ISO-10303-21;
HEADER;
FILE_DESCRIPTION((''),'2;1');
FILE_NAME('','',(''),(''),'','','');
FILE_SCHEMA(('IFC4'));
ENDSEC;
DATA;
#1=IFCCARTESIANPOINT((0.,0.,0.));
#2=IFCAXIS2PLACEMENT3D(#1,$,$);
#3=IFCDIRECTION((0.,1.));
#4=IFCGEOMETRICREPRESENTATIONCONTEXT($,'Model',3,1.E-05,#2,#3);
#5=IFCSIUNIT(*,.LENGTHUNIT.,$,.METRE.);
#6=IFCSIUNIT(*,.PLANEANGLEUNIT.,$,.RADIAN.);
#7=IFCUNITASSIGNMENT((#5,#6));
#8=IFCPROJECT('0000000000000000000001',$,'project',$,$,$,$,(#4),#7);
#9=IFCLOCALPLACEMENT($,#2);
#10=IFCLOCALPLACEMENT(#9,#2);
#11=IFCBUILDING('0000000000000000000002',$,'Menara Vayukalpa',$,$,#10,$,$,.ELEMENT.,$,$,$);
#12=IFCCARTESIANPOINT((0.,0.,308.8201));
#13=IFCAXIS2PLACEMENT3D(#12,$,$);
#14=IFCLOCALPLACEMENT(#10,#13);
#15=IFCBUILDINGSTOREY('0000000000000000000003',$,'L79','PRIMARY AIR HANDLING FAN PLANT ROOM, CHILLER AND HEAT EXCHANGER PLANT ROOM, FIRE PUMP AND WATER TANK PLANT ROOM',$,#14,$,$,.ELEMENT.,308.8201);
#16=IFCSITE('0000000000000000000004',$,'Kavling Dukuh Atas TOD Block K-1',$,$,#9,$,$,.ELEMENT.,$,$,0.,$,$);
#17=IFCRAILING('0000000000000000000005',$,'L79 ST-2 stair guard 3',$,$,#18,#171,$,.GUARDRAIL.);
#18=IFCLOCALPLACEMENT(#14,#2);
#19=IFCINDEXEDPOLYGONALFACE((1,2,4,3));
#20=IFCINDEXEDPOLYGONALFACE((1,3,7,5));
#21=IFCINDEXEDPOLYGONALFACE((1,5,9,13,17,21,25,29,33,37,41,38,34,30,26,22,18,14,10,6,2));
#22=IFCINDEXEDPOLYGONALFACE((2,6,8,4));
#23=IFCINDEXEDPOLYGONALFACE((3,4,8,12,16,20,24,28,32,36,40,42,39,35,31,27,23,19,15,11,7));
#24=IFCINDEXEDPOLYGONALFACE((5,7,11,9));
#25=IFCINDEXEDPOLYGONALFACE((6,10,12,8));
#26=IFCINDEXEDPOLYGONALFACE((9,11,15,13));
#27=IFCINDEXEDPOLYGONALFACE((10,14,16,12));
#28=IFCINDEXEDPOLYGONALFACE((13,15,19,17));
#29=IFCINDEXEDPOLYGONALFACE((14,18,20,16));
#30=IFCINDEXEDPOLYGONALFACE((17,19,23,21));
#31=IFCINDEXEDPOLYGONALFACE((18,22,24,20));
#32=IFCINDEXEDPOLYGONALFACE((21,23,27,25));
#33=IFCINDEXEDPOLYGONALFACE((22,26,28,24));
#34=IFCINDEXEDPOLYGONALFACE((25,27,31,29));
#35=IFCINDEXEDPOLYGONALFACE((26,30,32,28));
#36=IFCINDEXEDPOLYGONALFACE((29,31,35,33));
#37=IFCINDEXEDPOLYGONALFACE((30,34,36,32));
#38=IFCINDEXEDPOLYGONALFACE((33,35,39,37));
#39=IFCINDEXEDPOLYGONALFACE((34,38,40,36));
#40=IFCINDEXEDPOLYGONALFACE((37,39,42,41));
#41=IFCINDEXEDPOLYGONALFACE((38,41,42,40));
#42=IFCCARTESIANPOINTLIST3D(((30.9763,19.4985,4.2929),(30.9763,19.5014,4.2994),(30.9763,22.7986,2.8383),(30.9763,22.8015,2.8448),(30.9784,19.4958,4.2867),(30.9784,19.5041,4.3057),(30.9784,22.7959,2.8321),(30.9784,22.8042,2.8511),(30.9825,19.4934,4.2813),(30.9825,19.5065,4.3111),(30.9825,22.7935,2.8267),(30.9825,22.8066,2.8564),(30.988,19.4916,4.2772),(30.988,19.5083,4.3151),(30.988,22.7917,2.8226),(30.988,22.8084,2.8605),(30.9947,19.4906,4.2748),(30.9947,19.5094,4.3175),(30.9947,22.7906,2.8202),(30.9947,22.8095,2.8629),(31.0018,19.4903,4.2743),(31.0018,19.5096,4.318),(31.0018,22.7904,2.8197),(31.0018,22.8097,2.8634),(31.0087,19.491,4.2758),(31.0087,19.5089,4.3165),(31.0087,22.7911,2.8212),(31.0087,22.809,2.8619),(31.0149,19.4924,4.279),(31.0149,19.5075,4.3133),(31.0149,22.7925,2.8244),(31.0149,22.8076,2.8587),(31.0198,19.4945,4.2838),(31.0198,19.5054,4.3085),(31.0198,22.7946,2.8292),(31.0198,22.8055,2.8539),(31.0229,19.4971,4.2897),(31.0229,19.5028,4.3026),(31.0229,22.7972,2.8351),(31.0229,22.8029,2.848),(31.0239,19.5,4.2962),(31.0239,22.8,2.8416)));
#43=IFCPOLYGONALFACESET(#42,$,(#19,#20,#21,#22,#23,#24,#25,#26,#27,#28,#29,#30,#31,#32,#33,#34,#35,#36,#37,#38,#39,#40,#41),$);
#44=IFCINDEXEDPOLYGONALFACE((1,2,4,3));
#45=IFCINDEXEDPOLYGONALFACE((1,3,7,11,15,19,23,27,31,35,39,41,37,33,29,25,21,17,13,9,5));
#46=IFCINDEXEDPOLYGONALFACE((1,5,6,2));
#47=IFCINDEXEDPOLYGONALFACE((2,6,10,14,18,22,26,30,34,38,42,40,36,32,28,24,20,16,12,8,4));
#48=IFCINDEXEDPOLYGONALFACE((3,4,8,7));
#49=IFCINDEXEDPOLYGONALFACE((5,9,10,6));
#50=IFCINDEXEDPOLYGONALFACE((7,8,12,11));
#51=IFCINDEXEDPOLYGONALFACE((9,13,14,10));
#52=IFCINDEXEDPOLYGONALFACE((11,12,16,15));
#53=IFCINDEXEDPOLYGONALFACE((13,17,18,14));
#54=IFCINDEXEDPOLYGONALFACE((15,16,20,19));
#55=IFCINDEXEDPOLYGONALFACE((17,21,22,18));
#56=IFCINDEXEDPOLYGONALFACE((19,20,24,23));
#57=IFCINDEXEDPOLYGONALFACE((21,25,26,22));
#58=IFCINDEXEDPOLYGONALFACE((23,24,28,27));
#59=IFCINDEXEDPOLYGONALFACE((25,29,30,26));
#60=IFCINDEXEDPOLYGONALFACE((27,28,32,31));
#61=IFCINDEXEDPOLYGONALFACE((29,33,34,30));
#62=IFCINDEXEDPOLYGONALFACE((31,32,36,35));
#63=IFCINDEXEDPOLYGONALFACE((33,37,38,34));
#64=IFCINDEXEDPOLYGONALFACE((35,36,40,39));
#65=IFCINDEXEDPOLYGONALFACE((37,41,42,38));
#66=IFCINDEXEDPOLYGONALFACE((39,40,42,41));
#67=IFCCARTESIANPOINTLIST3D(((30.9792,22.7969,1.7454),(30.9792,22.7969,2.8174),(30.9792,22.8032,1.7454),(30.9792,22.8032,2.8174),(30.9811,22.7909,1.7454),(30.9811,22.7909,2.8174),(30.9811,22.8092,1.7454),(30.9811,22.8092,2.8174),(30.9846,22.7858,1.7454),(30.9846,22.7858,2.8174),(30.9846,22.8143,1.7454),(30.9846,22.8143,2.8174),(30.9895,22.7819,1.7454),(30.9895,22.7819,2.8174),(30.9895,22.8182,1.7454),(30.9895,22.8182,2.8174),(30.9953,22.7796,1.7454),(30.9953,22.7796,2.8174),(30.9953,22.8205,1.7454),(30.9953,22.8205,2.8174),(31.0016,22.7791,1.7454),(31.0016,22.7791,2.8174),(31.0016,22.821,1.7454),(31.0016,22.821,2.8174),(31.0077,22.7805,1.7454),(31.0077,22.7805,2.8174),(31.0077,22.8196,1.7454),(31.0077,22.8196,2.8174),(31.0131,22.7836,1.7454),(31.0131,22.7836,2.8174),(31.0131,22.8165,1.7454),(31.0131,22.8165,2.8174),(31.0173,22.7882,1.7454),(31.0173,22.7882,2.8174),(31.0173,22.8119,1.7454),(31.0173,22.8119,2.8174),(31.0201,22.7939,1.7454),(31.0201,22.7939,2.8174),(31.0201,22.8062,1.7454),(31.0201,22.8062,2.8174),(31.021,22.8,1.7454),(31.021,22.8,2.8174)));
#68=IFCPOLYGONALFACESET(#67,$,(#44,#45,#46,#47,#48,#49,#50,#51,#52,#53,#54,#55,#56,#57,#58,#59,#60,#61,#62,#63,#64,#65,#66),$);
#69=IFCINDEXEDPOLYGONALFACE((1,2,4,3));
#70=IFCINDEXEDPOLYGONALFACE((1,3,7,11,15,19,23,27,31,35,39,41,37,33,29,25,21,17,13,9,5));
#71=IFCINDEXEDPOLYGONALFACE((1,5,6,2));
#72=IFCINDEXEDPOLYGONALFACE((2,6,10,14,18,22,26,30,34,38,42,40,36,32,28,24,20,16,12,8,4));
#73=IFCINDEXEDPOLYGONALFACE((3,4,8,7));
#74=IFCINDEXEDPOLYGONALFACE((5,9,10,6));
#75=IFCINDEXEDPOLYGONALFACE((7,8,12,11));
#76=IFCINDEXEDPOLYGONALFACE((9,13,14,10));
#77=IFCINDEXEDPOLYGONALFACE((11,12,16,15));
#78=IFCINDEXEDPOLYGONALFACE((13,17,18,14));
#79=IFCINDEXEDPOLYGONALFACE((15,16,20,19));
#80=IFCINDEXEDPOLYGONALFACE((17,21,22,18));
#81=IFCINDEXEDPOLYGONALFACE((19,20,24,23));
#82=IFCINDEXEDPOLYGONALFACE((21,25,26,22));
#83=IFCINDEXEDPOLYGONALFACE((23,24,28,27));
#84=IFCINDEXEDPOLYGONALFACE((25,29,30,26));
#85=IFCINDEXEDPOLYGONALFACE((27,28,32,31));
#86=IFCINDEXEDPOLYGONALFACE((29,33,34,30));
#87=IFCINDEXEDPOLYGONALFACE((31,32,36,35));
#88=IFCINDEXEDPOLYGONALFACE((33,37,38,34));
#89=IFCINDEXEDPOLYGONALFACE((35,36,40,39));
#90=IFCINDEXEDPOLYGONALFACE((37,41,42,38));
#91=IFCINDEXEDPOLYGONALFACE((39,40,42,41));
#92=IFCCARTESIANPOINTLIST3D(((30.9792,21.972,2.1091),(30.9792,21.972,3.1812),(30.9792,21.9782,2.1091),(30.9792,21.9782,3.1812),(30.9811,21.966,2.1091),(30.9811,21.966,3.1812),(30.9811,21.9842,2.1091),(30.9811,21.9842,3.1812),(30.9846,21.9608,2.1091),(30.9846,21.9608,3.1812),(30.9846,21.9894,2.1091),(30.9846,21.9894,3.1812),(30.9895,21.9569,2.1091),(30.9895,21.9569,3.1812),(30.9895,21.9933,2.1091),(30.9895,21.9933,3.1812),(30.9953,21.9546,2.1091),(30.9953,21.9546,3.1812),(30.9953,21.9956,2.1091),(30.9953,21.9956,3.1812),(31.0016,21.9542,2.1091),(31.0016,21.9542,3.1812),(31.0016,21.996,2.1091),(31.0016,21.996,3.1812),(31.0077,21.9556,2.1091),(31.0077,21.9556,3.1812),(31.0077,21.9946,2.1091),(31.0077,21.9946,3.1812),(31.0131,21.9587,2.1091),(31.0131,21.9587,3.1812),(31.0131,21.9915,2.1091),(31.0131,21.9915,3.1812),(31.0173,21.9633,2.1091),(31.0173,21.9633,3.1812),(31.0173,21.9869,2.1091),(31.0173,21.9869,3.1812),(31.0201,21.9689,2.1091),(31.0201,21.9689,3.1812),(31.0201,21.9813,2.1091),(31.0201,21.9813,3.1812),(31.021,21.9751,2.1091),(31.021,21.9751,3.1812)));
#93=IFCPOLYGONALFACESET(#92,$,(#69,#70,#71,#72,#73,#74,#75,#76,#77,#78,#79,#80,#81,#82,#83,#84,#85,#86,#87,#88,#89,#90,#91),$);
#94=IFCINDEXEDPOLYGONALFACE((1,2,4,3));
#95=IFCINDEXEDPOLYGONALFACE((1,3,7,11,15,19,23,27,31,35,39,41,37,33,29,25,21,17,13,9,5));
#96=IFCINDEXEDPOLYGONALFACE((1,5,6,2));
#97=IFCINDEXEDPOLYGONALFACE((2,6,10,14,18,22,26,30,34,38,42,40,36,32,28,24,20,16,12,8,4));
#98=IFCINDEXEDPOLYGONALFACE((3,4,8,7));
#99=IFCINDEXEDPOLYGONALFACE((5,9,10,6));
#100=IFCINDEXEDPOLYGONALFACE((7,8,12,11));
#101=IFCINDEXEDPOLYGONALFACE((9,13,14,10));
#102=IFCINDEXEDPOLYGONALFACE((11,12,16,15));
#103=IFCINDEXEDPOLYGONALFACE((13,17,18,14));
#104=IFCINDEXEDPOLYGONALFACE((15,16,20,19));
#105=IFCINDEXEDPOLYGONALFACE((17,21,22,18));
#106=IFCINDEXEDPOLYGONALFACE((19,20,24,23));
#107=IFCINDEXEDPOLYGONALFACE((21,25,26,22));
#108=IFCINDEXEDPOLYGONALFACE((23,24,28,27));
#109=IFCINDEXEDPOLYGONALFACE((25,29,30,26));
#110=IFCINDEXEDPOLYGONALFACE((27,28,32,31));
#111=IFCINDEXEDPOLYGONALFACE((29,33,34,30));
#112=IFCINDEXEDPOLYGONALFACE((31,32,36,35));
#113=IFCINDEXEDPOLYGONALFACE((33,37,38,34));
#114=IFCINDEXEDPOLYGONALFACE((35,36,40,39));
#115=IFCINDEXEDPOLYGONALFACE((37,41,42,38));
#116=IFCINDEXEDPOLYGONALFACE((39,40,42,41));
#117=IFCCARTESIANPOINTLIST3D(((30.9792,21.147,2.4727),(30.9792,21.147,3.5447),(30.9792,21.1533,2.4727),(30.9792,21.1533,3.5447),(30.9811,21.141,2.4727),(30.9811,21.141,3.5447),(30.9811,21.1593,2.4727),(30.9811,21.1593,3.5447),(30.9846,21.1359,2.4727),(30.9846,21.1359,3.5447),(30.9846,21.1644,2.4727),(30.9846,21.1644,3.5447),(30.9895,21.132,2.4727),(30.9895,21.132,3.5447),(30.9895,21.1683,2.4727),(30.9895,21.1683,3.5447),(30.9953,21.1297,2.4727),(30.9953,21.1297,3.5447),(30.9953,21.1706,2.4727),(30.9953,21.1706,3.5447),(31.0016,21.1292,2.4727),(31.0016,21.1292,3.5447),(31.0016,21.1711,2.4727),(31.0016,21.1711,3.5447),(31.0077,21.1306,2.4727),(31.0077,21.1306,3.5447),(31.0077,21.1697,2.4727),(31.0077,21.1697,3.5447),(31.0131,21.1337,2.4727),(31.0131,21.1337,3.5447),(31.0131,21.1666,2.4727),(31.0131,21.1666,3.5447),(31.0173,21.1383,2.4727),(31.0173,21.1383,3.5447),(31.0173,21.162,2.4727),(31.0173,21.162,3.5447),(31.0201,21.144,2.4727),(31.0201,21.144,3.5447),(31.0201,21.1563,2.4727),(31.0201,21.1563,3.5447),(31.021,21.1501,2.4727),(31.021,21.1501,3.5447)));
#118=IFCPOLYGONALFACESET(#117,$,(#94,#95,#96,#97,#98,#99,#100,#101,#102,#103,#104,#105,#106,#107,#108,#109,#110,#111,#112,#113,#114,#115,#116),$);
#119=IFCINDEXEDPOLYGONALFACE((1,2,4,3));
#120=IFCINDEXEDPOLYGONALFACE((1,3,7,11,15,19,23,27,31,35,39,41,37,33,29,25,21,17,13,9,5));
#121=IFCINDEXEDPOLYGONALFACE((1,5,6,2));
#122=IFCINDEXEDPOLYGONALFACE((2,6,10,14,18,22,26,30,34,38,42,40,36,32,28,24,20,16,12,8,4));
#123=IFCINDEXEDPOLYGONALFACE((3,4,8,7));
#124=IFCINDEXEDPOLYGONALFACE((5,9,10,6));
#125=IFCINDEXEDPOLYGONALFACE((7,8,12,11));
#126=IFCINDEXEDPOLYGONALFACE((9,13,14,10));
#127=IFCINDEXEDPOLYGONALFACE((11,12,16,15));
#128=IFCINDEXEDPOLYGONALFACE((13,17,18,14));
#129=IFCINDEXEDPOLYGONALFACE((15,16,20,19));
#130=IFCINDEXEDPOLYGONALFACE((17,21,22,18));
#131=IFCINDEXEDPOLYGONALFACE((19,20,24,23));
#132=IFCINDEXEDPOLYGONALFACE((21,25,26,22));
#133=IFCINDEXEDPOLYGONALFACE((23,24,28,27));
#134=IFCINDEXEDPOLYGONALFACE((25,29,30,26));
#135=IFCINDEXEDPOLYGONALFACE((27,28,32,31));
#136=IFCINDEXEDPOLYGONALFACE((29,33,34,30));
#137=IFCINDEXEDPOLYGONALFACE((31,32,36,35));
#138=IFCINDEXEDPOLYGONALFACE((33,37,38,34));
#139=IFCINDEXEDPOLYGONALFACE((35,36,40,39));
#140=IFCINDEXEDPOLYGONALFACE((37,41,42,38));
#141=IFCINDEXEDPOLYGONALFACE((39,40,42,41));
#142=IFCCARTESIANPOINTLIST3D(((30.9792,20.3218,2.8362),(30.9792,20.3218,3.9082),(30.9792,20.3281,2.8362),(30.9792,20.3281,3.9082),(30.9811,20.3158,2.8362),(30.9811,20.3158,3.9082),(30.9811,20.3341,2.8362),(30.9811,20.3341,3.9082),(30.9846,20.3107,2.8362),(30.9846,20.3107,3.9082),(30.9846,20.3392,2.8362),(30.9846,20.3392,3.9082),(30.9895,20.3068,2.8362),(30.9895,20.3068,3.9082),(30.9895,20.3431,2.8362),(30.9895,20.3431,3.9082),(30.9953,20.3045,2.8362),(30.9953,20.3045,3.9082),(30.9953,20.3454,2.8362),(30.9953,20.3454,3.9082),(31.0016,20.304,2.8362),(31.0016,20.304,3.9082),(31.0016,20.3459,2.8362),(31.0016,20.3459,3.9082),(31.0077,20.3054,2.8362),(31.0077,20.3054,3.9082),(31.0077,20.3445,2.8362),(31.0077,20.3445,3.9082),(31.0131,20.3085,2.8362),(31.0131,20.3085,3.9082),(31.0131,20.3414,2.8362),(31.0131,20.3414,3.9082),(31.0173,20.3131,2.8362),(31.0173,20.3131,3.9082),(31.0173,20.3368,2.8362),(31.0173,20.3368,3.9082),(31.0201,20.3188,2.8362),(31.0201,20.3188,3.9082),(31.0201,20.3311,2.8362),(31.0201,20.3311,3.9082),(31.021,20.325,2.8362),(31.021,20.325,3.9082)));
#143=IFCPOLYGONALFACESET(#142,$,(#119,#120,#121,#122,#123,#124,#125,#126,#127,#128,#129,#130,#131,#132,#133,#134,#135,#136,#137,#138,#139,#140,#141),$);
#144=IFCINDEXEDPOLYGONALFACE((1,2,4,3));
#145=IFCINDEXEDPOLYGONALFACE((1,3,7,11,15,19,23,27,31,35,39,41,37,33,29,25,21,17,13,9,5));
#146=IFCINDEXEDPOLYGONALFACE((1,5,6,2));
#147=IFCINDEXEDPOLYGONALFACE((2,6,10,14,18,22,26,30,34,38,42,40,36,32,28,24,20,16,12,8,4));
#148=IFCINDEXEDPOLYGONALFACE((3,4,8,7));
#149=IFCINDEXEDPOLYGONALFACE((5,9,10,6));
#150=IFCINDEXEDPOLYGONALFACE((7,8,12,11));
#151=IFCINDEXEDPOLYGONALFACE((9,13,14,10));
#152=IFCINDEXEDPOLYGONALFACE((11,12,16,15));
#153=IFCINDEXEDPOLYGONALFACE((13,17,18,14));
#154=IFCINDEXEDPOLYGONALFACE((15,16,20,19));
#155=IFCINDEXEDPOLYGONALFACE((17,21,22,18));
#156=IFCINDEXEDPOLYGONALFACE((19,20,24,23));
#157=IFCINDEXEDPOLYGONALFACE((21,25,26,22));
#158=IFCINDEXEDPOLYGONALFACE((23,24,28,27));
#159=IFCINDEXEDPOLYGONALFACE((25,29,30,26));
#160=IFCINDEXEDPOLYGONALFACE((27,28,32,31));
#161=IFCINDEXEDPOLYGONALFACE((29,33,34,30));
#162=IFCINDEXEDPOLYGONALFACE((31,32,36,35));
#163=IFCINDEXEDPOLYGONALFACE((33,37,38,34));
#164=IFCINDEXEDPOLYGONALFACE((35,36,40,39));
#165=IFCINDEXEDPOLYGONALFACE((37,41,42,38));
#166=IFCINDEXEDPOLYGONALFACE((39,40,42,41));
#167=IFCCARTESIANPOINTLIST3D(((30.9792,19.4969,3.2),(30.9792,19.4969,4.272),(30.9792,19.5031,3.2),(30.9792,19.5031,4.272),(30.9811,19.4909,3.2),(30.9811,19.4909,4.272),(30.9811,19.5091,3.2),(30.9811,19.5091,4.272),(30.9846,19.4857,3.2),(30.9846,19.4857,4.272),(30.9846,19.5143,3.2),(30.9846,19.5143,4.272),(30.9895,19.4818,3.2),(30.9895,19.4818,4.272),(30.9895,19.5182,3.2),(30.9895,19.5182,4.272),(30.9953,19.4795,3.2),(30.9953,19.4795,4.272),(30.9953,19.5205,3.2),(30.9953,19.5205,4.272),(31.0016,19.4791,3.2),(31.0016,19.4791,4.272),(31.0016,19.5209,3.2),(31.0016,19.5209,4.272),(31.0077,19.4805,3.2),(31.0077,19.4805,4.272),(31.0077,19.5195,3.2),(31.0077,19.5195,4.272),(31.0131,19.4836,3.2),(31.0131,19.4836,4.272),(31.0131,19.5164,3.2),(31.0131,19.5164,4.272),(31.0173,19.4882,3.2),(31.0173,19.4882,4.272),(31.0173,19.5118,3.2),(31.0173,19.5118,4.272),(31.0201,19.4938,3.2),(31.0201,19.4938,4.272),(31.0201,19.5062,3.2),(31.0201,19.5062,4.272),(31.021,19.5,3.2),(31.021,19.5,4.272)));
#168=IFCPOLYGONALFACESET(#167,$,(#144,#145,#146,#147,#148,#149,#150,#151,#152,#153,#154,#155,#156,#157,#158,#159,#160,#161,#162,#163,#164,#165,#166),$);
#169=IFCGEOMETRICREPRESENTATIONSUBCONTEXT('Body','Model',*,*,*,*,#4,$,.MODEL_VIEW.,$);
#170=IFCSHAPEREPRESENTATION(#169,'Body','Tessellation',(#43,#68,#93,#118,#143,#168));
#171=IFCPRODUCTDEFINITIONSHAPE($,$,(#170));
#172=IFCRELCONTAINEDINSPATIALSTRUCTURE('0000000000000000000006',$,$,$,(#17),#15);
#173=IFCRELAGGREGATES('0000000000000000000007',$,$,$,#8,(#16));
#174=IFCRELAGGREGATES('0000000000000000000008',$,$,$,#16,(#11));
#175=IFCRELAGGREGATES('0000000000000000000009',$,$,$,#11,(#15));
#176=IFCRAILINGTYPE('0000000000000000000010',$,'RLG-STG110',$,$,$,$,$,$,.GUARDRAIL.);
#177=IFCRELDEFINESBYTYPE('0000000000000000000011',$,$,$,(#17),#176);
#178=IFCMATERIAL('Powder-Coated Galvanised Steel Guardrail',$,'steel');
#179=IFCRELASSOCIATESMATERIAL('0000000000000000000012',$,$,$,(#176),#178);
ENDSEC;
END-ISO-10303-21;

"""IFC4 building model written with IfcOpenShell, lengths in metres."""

from ifc_helpers import new_model, si_unit, direction, frame, origin, origin_2d, place, context, subcontext, project, spatial, circle, extrude, material, type_object, element, save


model = new_model("IFC4")

# Units and contexts
model_context = context("Model", 3, precision=1e-05, world=origin(), true_north=direction((0.0, 1.0)))
body_context = subcontext(model_context, "Body", "Model", "MODEL_VIEW")
ifc_project = project(units=[si_unit("LENGTHUNIT", "METRE"), si_unit("PLANEANGLEUNIT", "RADIAN")], contexts=[model_context])

# Site, building, storey
site_placement = place(None, origin())
site = spatial("IfcSite", under=ifc_project, at=site_placement, Name="Kavling Dukuh Atas TOD Block K-1", CompositionType="ELEMENT", RefElevation=0.0)
building_placement = place(site_placement, origin())
building = spatial("IfcBuilding", under=site, at=building_placement, Name="Menara Vayukalpa", CompositionType="ELEMENT")
storey_placement = place(building_placement, frame((0.0, 0.0, 308.8201)))
storey = spatial("IfcBuildingStorey", under=building, at=storey_placement, Name="L79", Description="PRIMARY AIR HANDLING FAN PLANT ROOM, CHILLER AND HEAT EXCHANGER PLANT ROOM, FIRE PUMP AND WATER TANK PLANT ROOM", CompositionType="ELEMENT", Elevation=308.8201)

# Railing
ifc_material_1 = material(Name="Powder-Coated Galvanised Steel Guardrail", Category="steel")
railing_type = type_object("IfcRailingType", Name="RLG-STG110", PredefinedType="GUARDRAIL", material=ifc_material_1)
railing_1_placement = place(storey_placement, frame((31.0, 22.8, 1.7454)))
element("IfcRailing", 1, at=railing_1_placement, inside=storey, type_object=railing_type, Name="L79 ST-2 stair guard 3", PredefinedType="GUARDRAIL", context=body_context, shape_type="SweptSolid", body=[
    extrude(circle(Radius=0.0239, at=origin_2d()), frame((0.0, 0.0, 1.0962), z_axis=(0.0, -0.915052, 0.403335), x_axis=(1.0, 0.0, 0.0)), (0.0, 0.0, 1.0), 3.6064),
    extrude(circle(Radius=0.021, at=origin_2d()), origin(), (0.0, 0.0, 1.0), 1.072),
    extrude(circle(Radius=0.021, at=origin_2d()), frame((0.0, -0.825, 0.3638)), (0.0, 0.0, 1.0), 1.072),
    extrude(circle(Radius=0.021, at=origin_2d()), frame((0.0, -1.6499, 0.7273)), (0.0, 0.0, 1.0), 1.072),
    extrude(circle(Radius=0.021, at=origin_2d()), frame((0.0, -2.4751, 1.0908)), (0.0, 0.0, 1.0), 1.072),
    extrude(circle(Radius=0.021, at=origin_2d()), frame((0.0, -3.3, 1.4546)), (0.0, 0.0, 1.0), 1.072),
])

save(model, "model.ifc")
